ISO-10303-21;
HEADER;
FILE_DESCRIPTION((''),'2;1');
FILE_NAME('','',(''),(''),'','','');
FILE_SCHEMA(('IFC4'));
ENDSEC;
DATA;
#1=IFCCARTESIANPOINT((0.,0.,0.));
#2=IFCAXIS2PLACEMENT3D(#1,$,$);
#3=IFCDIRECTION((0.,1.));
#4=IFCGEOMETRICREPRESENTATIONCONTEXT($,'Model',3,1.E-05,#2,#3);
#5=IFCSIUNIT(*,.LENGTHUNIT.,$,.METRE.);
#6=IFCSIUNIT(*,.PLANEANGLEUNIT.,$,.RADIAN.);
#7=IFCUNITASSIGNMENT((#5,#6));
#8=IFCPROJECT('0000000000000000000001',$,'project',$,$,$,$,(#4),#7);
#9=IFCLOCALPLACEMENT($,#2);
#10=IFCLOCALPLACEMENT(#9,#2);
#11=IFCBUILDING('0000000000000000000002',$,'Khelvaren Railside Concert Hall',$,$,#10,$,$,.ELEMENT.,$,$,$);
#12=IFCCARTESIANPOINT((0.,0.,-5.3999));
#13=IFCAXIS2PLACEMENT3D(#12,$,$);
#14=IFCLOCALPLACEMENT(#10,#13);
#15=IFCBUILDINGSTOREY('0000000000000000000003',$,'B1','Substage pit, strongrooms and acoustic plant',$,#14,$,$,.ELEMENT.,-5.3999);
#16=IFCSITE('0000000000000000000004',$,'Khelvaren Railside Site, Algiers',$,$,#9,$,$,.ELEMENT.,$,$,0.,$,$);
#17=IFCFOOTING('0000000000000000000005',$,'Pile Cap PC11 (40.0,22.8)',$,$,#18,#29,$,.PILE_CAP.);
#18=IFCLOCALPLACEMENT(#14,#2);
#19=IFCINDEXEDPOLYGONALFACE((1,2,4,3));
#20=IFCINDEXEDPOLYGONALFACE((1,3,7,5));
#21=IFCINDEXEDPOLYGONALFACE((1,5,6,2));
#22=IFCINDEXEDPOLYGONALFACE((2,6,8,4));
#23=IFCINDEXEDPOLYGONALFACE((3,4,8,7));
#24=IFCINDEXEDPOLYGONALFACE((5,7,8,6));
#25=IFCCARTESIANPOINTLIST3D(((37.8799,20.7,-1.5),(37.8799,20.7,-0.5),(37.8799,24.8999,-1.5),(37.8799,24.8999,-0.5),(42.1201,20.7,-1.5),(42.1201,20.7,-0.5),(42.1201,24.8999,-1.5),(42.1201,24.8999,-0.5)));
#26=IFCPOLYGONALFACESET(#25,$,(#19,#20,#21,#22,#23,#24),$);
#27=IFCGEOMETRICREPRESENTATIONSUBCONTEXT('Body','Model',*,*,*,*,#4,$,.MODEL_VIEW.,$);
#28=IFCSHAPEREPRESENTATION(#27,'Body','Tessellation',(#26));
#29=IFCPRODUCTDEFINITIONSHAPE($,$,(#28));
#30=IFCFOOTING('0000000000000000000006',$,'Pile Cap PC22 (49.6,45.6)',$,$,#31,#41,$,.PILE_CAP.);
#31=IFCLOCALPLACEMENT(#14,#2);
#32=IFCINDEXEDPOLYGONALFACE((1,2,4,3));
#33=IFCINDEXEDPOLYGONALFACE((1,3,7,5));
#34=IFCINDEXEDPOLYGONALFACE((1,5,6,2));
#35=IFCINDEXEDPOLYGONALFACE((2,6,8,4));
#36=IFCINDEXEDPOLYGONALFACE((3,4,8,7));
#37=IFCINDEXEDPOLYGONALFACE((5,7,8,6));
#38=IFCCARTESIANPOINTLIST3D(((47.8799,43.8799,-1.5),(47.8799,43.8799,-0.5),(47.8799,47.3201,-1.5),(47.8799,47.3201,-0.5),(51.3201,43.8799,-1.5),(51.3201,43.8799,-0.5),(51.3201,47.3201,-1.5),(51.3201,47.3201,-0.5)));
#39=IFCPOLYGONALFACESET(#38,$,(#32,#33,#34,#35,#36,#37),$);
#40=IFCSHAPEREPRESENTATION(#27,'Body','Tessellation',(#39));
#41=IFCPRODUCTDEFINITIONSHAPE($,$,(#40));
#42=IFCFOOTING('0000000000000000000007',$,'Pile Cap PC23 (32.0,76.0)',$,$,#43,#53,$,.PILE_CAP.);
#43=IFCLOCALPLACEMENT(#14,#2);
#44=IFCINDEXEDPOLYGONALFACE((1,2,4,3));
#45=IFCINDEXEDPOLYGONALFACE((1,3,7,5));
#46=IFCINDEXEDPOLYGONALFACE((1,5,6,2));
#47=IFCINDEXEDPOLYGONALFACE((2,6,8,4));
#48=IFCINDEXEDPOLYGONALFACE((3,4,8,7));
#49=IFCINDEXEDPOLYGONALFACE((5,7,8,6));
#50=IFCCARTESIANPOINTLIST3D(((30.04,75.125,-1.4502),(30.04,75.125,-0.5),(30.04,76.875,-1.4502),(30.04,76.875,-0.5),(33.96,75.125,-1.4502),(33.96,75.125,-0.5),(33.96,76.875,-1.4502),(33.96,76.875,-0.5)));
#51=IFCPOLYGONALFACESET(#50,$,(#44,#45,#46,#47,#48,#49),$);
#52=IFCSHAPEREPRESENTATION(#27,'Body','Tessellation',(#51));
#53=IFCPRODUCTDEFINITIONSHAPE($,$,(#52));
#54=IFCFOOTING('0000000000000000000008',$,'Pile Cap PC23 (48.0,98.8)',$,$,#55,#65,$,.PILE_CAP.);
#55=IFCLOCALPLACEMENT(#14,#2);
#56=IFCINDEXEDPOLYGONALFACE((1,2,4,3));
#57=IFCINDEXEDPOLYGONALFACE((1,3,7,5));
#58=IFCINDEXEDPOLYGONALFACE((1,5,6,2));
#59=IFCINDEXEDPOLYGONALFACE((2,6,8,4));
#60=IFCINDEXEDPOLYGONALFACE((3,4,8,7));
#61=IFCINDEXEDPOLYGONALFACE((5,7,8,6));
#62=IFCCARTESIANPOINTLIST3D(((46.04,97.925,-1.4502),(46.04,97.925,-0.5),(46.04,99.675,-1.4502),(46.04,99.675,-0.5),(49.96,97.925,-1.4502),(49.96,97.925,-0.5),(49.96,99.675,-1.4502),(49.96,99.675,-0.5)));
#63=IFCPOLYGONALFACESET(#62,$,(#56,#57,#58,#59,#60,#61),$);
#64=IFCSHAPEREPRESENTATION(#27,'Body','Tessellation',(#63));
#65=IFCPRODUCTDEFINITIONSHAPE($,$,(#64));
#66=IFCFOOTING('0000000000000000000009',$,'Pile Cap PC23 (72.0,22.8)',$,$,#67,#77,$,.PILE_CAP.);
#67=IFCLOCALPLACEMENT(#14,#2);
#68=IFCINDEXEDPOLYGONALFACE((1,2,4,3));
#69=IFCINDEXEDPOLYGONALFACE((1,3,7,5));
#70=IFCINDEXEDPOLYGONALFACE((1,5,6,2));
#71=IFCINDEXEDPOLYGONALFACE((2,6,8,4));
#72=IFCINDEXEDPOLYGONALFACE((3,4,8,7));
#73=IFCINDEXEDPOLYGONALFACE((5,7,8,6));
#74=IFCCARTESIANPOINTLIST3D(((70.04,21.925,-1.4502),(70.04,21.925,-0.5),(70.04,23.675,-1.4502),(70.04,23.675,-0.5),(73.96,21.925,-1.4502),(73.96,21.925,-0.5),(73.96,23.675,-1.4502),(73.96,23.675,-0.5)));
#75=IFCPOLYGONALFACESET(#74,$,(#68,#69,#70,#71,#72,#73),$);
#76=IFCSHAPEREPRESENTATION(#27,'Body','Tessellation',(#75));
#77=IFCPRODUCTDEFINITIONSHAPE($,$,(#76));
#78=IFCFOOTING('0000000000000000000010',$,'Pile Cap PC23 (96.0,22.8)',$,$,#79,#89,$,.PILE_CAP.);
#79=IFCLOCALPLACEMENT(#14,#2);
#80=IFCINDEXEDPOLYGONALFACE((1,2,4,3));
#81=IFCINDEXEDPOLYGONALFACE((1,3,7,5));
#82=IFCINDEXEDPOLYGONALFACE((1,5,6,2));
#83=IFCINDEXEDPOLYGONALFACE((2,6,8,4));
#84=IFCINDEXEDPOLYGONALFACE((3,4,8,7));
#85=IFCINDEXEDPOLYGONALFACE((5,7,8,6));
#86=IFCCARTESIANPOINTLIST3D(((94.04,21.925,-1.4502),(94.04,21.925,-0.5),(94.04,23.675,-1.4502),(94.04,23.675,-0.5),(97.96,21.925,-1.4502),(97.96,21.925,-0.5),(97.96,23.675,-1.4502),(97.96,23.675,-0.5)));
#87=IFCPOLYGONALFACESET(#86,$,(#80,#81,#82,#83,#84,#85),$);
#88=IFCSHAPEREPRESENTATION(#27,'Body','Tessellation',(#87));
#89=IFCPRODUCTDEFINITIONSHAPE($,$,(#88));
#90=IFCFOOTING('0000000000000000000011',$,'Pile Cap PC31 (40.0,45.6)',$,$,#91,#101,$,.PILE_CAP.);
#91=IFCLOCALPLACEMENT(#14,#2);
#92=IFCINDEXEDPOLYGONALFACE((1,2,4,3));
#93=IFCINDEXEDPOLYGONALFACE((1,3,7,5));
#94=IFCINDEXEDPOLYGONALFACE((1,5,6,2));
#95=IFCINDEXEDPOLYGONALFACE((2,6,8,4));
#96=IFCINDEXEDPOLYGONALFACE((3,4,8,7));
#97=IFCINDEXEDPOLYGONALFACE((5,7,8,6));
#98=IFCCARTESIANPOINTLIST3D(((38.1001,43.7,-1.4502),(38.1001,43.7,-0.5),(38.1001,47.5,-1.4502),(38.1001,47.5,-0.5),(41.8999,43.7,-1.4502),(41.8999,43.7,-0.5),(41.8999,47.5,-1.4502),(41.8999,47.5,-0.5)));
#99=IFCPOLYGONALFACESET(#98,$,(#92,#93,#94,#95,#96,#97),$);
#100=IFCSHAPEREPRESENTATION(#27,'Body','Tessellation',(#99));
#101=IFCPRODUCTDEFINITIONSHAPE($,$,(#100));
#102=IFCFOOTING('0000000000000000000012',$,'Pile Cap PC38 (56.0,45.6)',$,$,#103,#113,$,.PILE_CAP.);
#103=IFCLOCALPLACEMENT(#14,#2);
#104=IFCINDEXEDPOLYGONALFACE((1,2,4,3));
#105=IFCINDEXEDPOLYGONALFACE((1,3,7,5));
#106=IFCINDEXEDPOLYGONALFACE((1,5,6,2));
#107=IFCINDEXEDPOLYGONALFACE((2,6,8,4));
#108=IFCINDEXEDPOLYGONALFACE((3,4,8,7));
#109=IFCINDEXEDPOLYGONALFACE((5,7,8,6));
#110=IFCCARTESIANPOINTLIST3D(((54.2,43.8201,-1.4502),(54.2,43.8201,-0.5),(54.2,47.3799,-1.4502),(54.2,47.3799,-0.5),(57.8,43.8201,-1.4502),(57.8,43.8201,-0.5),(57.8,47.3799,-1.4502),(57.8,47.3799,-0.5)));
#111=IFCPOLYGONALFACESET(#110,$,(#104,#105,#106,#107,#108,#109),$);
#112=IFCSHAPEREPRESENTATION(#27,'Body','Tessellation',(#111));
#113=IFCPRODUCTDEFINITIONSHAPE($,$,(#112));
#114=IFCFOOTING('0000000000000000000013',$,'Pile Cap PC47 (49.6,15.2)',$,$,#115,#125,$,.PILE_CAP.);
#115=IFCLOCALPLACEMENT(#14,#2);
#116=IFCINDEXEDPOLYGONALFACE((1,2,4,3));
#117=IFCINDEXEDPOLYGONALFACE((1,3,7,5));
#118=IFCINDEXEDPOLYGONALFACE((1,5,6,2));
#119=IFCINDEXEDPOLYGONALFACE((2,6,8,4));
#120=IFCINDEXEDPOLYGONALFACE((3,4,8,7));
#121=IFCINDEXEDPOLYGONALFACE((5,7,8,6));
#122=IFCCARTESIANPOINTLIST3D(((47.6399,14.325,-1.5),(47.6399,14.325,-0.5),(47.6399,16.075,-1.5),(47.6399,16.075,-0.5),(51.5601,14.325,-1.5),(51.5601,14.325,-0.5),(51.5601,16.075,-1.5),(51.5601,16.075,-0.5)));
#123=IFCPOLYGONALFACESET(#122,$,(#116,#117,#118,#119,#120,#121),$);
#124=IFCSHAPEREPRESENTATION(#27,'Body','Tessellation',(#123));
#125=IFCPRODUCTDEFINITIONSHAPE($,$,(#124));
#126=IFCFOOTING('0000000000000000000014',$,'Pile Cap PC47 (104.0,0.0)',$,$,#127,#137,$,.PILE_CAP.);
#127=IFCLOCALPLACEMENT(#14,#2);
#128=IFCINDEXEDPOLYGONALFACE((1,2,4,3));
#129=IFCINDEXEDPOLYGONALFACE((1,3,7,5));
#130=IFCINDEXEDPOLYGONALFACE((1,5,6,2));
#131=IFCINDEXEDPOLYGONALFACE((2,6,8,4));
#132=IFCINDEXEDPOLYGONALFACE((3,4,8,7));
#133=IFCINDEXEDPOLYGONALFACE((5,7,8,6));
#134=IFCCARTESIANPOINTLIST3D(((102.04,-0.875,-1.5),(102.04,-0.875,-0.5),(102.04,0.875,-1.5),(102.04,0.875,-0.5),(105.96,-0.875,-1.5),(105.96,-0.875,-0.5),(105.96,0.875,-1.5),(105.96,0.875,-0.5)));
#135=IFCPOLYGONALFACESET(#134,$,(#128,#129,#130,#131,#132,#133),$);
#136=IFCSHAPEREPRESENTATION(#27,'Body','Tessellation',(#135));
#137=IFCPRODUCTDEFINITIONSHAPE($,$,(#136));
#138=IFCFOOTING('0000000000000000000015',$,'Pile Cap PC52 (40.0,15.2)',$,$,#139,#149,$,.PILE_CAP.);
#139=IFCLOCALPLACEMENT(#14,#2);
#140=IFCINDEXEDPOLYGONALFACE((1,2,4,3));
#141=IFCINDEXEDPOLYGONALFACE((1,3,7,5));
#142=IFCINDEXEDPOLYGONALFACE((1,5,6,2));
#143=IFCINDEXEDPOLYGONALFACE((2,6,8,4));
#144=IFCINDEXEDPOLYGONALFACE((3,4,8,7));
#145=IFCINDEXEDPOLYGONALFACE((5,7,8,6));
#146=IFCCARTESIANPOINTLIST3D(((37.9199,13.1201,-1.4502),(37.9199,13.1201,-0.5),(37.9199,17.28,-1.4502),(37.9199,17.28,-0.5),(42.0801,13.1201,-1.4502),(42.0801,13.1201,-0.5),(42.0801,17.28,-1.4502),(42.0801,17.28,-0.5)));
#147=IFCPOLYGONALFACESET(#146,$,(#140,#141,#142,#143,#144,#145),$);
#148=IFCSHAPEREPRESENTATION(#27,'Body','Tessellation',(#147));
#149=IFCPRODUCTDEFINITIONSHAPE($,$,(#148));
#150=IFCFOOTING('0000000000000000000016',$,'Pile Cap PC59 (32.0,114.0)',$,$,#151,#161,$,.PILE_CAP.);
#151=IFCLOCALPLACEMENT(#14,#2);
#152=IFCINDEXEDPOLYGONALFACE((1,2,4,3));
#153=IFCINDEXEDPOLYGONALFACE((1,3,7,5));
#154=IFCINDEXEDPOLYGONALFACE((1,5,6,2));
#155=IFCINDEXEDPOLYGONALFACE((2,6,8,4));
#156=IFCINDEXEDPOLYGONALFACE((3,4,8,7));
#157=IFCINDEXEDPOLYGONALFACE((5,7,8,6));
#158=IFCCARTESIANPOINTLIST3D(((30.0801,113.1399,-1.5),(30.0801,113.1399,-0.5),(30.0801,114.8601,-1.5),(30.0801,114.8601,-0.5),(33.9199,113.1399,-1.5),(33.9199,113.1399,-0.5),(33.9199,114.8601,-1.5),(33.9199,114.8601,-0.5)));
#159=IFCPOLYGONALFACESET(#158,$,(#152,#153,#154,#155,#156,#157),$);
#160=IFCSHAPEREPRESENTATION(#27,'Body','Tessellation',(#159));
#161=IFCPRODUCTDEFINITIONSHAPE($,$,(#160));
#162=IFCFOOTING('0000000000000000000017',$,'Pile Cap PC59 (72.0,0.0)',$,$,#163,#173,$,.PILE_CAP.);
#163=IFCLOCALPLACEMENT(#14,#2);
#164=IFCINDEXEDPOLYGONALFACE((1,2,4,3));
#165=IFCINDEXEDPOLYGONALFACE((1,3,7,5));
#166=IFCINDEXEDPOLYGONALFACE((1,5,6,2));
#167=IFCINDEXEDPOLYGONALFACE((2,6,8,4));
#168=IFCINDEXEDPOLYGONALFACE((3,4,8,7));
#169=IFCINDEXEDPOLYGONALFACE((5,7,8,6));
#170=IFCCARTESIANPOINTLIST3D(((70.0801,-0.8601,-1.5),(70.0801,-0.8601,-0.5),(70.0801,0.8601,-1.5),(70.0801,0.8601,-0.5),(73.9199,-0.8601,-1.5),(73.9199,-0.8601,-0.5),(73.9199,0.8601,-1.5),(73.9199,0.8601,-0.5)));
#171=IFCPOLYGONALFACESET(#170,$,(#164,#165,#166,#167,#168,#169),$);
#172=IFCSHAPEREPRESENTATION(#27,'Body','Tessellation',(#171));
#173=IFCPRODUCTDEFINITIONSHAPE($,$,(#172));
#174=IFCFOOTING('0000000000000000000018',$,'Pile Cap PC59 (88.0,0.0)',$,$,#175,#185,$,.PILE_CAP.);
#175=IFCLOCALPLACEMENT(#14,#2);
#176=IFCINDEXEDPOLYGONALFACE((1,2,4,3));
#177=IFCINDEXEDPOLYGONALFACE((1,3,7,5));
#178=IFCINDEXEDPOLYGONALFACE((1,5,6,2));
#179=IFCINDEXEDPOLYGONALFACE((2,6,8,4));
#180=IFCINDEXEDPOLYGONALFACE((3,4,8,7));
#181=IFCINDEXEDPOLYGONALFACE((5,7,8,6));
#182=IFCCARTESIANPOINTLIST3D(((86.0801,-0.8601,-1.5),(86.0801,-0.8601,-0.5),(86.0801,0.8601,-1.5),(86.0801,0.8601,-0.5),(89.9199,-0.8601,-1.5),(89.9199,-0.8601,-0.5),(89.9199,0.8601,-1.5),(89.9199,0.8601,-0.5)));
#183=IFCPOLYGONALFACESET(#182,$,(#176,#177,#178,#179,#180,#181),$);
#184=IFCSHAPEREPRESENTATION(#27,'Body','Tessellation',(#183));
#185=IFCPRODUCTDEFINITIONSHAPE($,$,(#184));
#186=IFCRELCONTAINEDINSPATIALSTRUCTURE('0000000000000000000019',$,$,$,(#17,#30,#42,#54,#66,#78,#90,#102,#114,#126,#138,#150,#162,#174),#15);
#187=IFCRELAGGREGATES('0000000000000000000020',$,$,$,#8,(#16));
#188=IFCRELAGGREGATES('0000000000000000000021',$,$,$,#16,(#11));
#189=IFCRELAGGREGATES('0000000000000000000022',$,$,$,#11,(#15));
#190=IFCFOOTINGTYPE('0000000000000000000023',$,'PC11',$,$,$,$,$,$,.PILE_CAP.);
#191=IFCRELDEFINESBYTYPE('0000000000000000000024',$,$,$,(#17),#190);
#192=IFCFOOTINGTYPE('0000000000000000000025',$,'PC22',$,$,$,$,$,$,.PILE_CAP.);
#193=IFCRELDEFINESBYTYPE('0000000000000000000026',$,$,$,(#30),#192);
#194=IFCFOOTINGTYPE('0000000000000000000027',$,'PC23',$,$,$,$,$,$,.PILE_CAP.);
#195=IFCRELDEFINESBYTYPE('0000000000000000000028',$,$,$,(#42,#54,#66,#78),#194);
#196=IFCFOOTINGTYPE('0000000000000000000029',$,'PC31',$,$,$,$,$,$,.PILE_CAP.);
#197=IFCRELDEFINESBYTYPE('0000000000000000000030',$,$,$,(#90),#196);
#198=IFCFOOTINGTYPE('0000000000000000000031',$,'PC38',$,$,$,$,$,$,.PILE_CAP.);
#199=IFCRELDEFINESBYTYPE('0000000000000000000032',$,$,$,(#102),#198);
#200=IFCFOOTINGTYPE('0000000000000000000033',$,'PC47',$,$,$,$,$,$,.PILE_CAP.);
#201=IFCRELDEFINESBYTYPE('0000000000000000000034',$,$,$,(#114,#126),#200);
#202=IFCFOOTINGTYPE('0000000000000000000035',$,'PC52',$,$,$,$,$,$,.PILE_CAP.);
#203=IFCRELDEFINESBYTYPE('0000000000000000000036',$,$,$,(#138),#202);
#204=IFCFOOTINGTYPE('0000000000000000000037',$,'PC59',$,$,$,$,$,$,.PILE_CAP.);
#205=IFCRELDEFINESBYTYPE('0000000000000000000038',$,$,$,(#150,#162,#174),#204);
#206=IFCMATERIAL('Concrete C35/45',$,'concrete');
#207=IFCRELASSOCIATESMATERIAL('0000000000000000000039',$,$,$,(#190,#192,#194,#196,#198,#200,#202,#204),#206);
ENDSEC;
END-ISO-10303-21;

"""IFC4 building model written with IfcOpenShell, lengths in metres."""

from ifc_helpers import new_model, si_unit, direction, frame, origin, place, context, subcontext, project, spatial, polyline, outline, extrude, material, type_object, element, save


model = new_model("IFC4")

# Units and contexts
model_context = context("Model", 3, precision=1e-05, world=origin(), true_north=direction((0.0, 1.0)))
body_context = subcontext(model_context, "Body", "Model", "MODEL_VIEW")
ifc_project = project(units=[si_unit("LENGTHUNIT", "METRE"), si_unit("PLANEANGLEUNIT", "RADIAN")], contexts=[model_context])

# Site, building, storey
site_placement = place(None, origin())
site = spatial("IfcSite", under=ifc_project, at=site_placement, Name="Khelvaren Railside Site, Algiers", CompositionType="ELEMENT", RefElevation=0.0)
building_placement = place(site_placement, origin())
building = spatial("IfcBuilding", under=site, at=building_placement, Name="Khelvaren Railside Concert Hall", CompositionType="ELEMENT")
storey_placement = place(building_placement, frame((0.0, 0.0, -5.3999)))
storey = spatial("IfcBuildingStorey", under=building, at=storey_placement, Name="B1", Description="Substage pit, strongrooms and acoustic plant", CompositionType="ELEMENT", Elevation=-5.3999)

# Footings
ifc_material = material(Name="Concrete C35/45", Category="concrete")
footing_type_1 = type_object("IfcFootingType", Name="PC11", PredefinedType="PILE_CAP", material=ifc_material)
footing_1_placement = place(storey_placement, frame((0.0, 0.0, -1.5)))
element("IfcFooting", 1, at=footing_1_placement, inside=storey, type_object=footing_type_1, Name="Pile Cap PC11 (40.0,22.8)", PredefinedType="PILE_CAP", context=body_context, shape_type="SweptSolid", body=[
    extrude(outline(polyline([(37.8799, 20.7), (42.1201, 20.7), (42.1201, 24.8999), (37.8799, 24.8999), (37.8799, 20.7)])), origin(), (0.0, 0.0, 1.0), 1.0),
])
footing_type_2 = type_object("IfcFootingType", Name="PC22", PredefinedType="PILE_CAP", material=ifc_material)
footing_2_placement = place(storey_placement, frame((0.0, 0.0, -1.5)))
element("IfcFooting", 2, at=footing_2_placement, inside=storey, type_object=footing_type_2, Name="Pile Cap PC22 (49.6,45.6)", PredefinedType="PILE_CAP", context=body_context, shape_type="SweptSolid", body=[
    extrude(outline(polyline([(47.8799, 43.8799), (51.3201, 43.8799), (51.3201, 47.3201), (47.8799, 47.3201), (47.8799, 43.8799)])), origin(), (0.0, 0.0, 1.0), 1.0),
])
footing_type_3 = type_object("IfcFootingType", Name="PC23", PredefinedType="PILE_CAP", material=ifc_material)
footing_3_placement = place(storey_placement, frame((0.0, 0.0, -1.4502)))
element("IfcFooting", 3, at=footing_3_placement, inside=storey, type_object=footing_type_3, Name="Pile Cap PC23 (32.0,76.0)", PredefinedType="PILE_CAP", context=body_context, shape_type="SweptSolid", body=[
    extrude(outline(polyline([(30.04, 75.125), (33.96, 75.125), (33.96, 76.875), (30.04, 76.875), (30.04, 75.125)])), origin(), (0.0, 0.0, 1.0), 0.9502),
])
footing_4_placement = place(storey_placement, frame((0.0, 0.0, -1.4502)))
element("IfcFooting", 4, at=footing_4_placement, inside=storey, type_object=footing_type_3, Name="Pile Cap PC23 (48.0,98.8)", PredefinedType="PILE_CAP", context=body_context, shape_type="SweptSolid", body=[
    extrude(outline(polyline([(46.04, 97.925), (49.96, 97.925), (49.96, 99.675), (46.04, 99.675), (46.04, 97.925)])), origin(), (0.0, 0.0, 1.0), 0.9502),
])
footing_5_placement = place(storey_placement, frame((0.0, 0.0, -1.4502)))
element("IfcFooting", 5, at=footing_5_placement, inside=storey, type_object=footing_type_3, Name="Pile Cap PC23 (72.0,22.8)", PredefinedType="PILE_CAP", context=body_context, shape_type="SweptSolid", body=[
    extrude(outline(polyline([(70.04, 21.925), (73.96, 21.925), (73.96, 23.675), (70.04, 23.675), (70.04, 21.925)])), origin(), (0.0, 0.0, 1.0), 0.9502),
])
footing_6_placement = place(storey_placement, frame((0.0, 0.0, -1.4502)))
element("IfcFooting", 6, at=footing_6_placement, inside=storey, type_object=footing_type_3, Name="Pile Cap PC23 (96.0,22.8)", PredefinedType="PILE_CAP", context=body_context, shape_type="SweptSolid", body=[
    extrude(outline(polyline([(94.04, 21.925), (97.96, 21.925), (97.96, 23.675), (94.04, 23.675), (94.04, 21.925)])), origin(), (0.0, 0.0, 1.0), 0.9502),
])
footing_type_4 = type_object("IfcFootingType", Name="PC31", PredefinedType="PILE_CAP", material=ifc_material)
footing_7_placement = place(storey_placement, frame((0.0, 0.0, -1.4502)))
element("IfcFooting", 7, at=footing_7_placement, inside=storey, type_object=footing_type_4, Name="Pile Cap PC31 (40.0,45.6)", PredefinedType="PILE_CAP", context=body_context, shape_type="SweptSolid", body=[
    extrude(outline(polyline([(38.1001, 43.7), (41.8999, 43.7), (41.8999, 47.5), (38.1001, 47.5), (38.1001, 43.7)])), origin(), (0.0, 0.0, 1.0), 0.9502),
])
footing_type_5 = type_object("IfcFootingType", Name="PC38", PredefinedType="PILE_CAP", material=ifc_material)
footing_8_placement = place(storey_placement, frame((0.0, 0.0, -1.4502)))
element("IfcFooting", 8, at=footing_8_placement, inside=storey, type_object=footing_type_5, Name="Pile Cap PC38 (56.0,45.6)", PredefinedType="PILE_CAP", context=body_context, shape_type="SweptSolid", body=[
    extrude(outline(polyline([(54.2, 43.8201), (57.8, 43.8201), (57.8, 47.3799), (54.2, 47.3799), (54.2, 43.8201)])), origin(), (0.0, 0.0, 1.0), 0.9502),
])
footing_type_6 = type_object("IfcFootingType", Name="PC47", PredefinedType="PILE_CAP", material=ifc_material)
footing_9_placement = place(storey_placement, frame((0.0, 0.0, -1.5)))
element("IfcFooting", 9, at=footing_9_placement, inside=storey, type_object=footing_type_6, Name="Pile Cap PC47 (49.6,15.2)", PredefinedType="PILE_CAP", context=body_context, shape_type="SweptSolid", body=[
    extrude(outline(polyline([(47.6399, 14.325), (51.5601, 14.325), (51.5601, 16.075), (47.6399, 16.075), (47.6399, 14.325)])), origin(), (0.0, 0.0, 1.0), 1.0),
])
footing_10_placement = place(storey_placement, frame((0.0, 0.0, -1.5)))
element("IfcFooting", 10, at=footing_10_placement, inside=storey, type_object=footing_type_6, Name="Pile Cap PC47 (104.0,0.0)", PredefinedType="PILE_CAP", context=body_context, shape_type="SweptSolid", body=[
    extrude(outline(polyline([(102.04, -0.875), (105.96, -0.875), (105.96, 0.875), (102.04, 0.875), (102.04, -0.875)])), origin(), (0.0, 0.0, 1.0), 1.0),
])
footing_type_7 = type_object("IfcFootingType", Name="PC52", PredefinedType="PILE_CAP", material=ifc_material)
footing_11_placement = place(storey_placement, frame((0.0, 0.0, -1.4502)))
element("IfcFooting", 11, at=footing_11_placement, inside=storey, type_object=footing_type_7, Name="Pile Cap PC52 (40.0,15.2)", PredefinedType="PILE_CAP", context=body_context, shape_type="SweptSolid", body=[
    extrude(outline(polyline([(37.9199, 13.1201), (42.0801, 13.1201), (42.0801, 17.28), (37.9199, 17.28), (37.9199, 13.1201)])), origin(), (0.0, 0.0, 1.0), 0.9502),
])
footing_type_8 = type_object("IfcFootingType", Name="PC59", PredefinedType="PILE_CAP", material=ifc_material)
footing_12_placement = place(storey_placement, frame((0.0, 0.0, -1.5)))
element("IfcFooting", 12, at=footing_12_placement, inside=storey, type_object=footing_type_8, Name="Pile Cap PC59 (32.0,114.0)", PredefinedType="PILE_CAP", context=body_context, shape_type="SweptSolid", body=[
    extrude(outline(polyline([(30.0801, 113.1399), (33.9199, 113.1399), (33.9199, 114.8601), (30.0801, 114.8601), (30.0801, 113.1399)])), origin(), (0.0, 0.0, 1.0), 1.0),
])
footing_13_placement = place(storey_placement, frame((0.0, 0.0, -1.5)))
element("IfcFooting", 13, at=footing_13_placement, inside=storey, type_object=footing_type_8, Name="Pile Cap PC59 (72.0,0.0)", PredefinedType="PILE_CAP", context=body_context, shape_type="SweptSolid", body=[
    extrude(outline(polyline([(70.0801, -0.8601), (73.9199, -0.8601), (73.9199, 0.8601), (70.0801, 0.8601), (70.0801, -0.8601)])), origin(), (0.0, 0.0, 1.0), 1.0),
])
footing_14_placement = place(storey_placement, frame((0.0, 0.0, -1.5)))
element("IfcFooting", 14, at=footing_14_placement, inside=storey, type_object=footing_type_8, Name="Pile Cap PC59 (88.0,0.0)", PredefinedType="PILE_CAP", context=body_context, shape_type="SweptSolid", body=[
    extrude(outline(polyline([(86.0801, -0.8601), (89.9199, -0.8601), (89.9199, 0.8601), (86.0801, 0.8601), (86.0801, -0.8601)])), origin(), (0.0, 0.0, 1.0), 1.0),
])

save(model, "model.ifc")
